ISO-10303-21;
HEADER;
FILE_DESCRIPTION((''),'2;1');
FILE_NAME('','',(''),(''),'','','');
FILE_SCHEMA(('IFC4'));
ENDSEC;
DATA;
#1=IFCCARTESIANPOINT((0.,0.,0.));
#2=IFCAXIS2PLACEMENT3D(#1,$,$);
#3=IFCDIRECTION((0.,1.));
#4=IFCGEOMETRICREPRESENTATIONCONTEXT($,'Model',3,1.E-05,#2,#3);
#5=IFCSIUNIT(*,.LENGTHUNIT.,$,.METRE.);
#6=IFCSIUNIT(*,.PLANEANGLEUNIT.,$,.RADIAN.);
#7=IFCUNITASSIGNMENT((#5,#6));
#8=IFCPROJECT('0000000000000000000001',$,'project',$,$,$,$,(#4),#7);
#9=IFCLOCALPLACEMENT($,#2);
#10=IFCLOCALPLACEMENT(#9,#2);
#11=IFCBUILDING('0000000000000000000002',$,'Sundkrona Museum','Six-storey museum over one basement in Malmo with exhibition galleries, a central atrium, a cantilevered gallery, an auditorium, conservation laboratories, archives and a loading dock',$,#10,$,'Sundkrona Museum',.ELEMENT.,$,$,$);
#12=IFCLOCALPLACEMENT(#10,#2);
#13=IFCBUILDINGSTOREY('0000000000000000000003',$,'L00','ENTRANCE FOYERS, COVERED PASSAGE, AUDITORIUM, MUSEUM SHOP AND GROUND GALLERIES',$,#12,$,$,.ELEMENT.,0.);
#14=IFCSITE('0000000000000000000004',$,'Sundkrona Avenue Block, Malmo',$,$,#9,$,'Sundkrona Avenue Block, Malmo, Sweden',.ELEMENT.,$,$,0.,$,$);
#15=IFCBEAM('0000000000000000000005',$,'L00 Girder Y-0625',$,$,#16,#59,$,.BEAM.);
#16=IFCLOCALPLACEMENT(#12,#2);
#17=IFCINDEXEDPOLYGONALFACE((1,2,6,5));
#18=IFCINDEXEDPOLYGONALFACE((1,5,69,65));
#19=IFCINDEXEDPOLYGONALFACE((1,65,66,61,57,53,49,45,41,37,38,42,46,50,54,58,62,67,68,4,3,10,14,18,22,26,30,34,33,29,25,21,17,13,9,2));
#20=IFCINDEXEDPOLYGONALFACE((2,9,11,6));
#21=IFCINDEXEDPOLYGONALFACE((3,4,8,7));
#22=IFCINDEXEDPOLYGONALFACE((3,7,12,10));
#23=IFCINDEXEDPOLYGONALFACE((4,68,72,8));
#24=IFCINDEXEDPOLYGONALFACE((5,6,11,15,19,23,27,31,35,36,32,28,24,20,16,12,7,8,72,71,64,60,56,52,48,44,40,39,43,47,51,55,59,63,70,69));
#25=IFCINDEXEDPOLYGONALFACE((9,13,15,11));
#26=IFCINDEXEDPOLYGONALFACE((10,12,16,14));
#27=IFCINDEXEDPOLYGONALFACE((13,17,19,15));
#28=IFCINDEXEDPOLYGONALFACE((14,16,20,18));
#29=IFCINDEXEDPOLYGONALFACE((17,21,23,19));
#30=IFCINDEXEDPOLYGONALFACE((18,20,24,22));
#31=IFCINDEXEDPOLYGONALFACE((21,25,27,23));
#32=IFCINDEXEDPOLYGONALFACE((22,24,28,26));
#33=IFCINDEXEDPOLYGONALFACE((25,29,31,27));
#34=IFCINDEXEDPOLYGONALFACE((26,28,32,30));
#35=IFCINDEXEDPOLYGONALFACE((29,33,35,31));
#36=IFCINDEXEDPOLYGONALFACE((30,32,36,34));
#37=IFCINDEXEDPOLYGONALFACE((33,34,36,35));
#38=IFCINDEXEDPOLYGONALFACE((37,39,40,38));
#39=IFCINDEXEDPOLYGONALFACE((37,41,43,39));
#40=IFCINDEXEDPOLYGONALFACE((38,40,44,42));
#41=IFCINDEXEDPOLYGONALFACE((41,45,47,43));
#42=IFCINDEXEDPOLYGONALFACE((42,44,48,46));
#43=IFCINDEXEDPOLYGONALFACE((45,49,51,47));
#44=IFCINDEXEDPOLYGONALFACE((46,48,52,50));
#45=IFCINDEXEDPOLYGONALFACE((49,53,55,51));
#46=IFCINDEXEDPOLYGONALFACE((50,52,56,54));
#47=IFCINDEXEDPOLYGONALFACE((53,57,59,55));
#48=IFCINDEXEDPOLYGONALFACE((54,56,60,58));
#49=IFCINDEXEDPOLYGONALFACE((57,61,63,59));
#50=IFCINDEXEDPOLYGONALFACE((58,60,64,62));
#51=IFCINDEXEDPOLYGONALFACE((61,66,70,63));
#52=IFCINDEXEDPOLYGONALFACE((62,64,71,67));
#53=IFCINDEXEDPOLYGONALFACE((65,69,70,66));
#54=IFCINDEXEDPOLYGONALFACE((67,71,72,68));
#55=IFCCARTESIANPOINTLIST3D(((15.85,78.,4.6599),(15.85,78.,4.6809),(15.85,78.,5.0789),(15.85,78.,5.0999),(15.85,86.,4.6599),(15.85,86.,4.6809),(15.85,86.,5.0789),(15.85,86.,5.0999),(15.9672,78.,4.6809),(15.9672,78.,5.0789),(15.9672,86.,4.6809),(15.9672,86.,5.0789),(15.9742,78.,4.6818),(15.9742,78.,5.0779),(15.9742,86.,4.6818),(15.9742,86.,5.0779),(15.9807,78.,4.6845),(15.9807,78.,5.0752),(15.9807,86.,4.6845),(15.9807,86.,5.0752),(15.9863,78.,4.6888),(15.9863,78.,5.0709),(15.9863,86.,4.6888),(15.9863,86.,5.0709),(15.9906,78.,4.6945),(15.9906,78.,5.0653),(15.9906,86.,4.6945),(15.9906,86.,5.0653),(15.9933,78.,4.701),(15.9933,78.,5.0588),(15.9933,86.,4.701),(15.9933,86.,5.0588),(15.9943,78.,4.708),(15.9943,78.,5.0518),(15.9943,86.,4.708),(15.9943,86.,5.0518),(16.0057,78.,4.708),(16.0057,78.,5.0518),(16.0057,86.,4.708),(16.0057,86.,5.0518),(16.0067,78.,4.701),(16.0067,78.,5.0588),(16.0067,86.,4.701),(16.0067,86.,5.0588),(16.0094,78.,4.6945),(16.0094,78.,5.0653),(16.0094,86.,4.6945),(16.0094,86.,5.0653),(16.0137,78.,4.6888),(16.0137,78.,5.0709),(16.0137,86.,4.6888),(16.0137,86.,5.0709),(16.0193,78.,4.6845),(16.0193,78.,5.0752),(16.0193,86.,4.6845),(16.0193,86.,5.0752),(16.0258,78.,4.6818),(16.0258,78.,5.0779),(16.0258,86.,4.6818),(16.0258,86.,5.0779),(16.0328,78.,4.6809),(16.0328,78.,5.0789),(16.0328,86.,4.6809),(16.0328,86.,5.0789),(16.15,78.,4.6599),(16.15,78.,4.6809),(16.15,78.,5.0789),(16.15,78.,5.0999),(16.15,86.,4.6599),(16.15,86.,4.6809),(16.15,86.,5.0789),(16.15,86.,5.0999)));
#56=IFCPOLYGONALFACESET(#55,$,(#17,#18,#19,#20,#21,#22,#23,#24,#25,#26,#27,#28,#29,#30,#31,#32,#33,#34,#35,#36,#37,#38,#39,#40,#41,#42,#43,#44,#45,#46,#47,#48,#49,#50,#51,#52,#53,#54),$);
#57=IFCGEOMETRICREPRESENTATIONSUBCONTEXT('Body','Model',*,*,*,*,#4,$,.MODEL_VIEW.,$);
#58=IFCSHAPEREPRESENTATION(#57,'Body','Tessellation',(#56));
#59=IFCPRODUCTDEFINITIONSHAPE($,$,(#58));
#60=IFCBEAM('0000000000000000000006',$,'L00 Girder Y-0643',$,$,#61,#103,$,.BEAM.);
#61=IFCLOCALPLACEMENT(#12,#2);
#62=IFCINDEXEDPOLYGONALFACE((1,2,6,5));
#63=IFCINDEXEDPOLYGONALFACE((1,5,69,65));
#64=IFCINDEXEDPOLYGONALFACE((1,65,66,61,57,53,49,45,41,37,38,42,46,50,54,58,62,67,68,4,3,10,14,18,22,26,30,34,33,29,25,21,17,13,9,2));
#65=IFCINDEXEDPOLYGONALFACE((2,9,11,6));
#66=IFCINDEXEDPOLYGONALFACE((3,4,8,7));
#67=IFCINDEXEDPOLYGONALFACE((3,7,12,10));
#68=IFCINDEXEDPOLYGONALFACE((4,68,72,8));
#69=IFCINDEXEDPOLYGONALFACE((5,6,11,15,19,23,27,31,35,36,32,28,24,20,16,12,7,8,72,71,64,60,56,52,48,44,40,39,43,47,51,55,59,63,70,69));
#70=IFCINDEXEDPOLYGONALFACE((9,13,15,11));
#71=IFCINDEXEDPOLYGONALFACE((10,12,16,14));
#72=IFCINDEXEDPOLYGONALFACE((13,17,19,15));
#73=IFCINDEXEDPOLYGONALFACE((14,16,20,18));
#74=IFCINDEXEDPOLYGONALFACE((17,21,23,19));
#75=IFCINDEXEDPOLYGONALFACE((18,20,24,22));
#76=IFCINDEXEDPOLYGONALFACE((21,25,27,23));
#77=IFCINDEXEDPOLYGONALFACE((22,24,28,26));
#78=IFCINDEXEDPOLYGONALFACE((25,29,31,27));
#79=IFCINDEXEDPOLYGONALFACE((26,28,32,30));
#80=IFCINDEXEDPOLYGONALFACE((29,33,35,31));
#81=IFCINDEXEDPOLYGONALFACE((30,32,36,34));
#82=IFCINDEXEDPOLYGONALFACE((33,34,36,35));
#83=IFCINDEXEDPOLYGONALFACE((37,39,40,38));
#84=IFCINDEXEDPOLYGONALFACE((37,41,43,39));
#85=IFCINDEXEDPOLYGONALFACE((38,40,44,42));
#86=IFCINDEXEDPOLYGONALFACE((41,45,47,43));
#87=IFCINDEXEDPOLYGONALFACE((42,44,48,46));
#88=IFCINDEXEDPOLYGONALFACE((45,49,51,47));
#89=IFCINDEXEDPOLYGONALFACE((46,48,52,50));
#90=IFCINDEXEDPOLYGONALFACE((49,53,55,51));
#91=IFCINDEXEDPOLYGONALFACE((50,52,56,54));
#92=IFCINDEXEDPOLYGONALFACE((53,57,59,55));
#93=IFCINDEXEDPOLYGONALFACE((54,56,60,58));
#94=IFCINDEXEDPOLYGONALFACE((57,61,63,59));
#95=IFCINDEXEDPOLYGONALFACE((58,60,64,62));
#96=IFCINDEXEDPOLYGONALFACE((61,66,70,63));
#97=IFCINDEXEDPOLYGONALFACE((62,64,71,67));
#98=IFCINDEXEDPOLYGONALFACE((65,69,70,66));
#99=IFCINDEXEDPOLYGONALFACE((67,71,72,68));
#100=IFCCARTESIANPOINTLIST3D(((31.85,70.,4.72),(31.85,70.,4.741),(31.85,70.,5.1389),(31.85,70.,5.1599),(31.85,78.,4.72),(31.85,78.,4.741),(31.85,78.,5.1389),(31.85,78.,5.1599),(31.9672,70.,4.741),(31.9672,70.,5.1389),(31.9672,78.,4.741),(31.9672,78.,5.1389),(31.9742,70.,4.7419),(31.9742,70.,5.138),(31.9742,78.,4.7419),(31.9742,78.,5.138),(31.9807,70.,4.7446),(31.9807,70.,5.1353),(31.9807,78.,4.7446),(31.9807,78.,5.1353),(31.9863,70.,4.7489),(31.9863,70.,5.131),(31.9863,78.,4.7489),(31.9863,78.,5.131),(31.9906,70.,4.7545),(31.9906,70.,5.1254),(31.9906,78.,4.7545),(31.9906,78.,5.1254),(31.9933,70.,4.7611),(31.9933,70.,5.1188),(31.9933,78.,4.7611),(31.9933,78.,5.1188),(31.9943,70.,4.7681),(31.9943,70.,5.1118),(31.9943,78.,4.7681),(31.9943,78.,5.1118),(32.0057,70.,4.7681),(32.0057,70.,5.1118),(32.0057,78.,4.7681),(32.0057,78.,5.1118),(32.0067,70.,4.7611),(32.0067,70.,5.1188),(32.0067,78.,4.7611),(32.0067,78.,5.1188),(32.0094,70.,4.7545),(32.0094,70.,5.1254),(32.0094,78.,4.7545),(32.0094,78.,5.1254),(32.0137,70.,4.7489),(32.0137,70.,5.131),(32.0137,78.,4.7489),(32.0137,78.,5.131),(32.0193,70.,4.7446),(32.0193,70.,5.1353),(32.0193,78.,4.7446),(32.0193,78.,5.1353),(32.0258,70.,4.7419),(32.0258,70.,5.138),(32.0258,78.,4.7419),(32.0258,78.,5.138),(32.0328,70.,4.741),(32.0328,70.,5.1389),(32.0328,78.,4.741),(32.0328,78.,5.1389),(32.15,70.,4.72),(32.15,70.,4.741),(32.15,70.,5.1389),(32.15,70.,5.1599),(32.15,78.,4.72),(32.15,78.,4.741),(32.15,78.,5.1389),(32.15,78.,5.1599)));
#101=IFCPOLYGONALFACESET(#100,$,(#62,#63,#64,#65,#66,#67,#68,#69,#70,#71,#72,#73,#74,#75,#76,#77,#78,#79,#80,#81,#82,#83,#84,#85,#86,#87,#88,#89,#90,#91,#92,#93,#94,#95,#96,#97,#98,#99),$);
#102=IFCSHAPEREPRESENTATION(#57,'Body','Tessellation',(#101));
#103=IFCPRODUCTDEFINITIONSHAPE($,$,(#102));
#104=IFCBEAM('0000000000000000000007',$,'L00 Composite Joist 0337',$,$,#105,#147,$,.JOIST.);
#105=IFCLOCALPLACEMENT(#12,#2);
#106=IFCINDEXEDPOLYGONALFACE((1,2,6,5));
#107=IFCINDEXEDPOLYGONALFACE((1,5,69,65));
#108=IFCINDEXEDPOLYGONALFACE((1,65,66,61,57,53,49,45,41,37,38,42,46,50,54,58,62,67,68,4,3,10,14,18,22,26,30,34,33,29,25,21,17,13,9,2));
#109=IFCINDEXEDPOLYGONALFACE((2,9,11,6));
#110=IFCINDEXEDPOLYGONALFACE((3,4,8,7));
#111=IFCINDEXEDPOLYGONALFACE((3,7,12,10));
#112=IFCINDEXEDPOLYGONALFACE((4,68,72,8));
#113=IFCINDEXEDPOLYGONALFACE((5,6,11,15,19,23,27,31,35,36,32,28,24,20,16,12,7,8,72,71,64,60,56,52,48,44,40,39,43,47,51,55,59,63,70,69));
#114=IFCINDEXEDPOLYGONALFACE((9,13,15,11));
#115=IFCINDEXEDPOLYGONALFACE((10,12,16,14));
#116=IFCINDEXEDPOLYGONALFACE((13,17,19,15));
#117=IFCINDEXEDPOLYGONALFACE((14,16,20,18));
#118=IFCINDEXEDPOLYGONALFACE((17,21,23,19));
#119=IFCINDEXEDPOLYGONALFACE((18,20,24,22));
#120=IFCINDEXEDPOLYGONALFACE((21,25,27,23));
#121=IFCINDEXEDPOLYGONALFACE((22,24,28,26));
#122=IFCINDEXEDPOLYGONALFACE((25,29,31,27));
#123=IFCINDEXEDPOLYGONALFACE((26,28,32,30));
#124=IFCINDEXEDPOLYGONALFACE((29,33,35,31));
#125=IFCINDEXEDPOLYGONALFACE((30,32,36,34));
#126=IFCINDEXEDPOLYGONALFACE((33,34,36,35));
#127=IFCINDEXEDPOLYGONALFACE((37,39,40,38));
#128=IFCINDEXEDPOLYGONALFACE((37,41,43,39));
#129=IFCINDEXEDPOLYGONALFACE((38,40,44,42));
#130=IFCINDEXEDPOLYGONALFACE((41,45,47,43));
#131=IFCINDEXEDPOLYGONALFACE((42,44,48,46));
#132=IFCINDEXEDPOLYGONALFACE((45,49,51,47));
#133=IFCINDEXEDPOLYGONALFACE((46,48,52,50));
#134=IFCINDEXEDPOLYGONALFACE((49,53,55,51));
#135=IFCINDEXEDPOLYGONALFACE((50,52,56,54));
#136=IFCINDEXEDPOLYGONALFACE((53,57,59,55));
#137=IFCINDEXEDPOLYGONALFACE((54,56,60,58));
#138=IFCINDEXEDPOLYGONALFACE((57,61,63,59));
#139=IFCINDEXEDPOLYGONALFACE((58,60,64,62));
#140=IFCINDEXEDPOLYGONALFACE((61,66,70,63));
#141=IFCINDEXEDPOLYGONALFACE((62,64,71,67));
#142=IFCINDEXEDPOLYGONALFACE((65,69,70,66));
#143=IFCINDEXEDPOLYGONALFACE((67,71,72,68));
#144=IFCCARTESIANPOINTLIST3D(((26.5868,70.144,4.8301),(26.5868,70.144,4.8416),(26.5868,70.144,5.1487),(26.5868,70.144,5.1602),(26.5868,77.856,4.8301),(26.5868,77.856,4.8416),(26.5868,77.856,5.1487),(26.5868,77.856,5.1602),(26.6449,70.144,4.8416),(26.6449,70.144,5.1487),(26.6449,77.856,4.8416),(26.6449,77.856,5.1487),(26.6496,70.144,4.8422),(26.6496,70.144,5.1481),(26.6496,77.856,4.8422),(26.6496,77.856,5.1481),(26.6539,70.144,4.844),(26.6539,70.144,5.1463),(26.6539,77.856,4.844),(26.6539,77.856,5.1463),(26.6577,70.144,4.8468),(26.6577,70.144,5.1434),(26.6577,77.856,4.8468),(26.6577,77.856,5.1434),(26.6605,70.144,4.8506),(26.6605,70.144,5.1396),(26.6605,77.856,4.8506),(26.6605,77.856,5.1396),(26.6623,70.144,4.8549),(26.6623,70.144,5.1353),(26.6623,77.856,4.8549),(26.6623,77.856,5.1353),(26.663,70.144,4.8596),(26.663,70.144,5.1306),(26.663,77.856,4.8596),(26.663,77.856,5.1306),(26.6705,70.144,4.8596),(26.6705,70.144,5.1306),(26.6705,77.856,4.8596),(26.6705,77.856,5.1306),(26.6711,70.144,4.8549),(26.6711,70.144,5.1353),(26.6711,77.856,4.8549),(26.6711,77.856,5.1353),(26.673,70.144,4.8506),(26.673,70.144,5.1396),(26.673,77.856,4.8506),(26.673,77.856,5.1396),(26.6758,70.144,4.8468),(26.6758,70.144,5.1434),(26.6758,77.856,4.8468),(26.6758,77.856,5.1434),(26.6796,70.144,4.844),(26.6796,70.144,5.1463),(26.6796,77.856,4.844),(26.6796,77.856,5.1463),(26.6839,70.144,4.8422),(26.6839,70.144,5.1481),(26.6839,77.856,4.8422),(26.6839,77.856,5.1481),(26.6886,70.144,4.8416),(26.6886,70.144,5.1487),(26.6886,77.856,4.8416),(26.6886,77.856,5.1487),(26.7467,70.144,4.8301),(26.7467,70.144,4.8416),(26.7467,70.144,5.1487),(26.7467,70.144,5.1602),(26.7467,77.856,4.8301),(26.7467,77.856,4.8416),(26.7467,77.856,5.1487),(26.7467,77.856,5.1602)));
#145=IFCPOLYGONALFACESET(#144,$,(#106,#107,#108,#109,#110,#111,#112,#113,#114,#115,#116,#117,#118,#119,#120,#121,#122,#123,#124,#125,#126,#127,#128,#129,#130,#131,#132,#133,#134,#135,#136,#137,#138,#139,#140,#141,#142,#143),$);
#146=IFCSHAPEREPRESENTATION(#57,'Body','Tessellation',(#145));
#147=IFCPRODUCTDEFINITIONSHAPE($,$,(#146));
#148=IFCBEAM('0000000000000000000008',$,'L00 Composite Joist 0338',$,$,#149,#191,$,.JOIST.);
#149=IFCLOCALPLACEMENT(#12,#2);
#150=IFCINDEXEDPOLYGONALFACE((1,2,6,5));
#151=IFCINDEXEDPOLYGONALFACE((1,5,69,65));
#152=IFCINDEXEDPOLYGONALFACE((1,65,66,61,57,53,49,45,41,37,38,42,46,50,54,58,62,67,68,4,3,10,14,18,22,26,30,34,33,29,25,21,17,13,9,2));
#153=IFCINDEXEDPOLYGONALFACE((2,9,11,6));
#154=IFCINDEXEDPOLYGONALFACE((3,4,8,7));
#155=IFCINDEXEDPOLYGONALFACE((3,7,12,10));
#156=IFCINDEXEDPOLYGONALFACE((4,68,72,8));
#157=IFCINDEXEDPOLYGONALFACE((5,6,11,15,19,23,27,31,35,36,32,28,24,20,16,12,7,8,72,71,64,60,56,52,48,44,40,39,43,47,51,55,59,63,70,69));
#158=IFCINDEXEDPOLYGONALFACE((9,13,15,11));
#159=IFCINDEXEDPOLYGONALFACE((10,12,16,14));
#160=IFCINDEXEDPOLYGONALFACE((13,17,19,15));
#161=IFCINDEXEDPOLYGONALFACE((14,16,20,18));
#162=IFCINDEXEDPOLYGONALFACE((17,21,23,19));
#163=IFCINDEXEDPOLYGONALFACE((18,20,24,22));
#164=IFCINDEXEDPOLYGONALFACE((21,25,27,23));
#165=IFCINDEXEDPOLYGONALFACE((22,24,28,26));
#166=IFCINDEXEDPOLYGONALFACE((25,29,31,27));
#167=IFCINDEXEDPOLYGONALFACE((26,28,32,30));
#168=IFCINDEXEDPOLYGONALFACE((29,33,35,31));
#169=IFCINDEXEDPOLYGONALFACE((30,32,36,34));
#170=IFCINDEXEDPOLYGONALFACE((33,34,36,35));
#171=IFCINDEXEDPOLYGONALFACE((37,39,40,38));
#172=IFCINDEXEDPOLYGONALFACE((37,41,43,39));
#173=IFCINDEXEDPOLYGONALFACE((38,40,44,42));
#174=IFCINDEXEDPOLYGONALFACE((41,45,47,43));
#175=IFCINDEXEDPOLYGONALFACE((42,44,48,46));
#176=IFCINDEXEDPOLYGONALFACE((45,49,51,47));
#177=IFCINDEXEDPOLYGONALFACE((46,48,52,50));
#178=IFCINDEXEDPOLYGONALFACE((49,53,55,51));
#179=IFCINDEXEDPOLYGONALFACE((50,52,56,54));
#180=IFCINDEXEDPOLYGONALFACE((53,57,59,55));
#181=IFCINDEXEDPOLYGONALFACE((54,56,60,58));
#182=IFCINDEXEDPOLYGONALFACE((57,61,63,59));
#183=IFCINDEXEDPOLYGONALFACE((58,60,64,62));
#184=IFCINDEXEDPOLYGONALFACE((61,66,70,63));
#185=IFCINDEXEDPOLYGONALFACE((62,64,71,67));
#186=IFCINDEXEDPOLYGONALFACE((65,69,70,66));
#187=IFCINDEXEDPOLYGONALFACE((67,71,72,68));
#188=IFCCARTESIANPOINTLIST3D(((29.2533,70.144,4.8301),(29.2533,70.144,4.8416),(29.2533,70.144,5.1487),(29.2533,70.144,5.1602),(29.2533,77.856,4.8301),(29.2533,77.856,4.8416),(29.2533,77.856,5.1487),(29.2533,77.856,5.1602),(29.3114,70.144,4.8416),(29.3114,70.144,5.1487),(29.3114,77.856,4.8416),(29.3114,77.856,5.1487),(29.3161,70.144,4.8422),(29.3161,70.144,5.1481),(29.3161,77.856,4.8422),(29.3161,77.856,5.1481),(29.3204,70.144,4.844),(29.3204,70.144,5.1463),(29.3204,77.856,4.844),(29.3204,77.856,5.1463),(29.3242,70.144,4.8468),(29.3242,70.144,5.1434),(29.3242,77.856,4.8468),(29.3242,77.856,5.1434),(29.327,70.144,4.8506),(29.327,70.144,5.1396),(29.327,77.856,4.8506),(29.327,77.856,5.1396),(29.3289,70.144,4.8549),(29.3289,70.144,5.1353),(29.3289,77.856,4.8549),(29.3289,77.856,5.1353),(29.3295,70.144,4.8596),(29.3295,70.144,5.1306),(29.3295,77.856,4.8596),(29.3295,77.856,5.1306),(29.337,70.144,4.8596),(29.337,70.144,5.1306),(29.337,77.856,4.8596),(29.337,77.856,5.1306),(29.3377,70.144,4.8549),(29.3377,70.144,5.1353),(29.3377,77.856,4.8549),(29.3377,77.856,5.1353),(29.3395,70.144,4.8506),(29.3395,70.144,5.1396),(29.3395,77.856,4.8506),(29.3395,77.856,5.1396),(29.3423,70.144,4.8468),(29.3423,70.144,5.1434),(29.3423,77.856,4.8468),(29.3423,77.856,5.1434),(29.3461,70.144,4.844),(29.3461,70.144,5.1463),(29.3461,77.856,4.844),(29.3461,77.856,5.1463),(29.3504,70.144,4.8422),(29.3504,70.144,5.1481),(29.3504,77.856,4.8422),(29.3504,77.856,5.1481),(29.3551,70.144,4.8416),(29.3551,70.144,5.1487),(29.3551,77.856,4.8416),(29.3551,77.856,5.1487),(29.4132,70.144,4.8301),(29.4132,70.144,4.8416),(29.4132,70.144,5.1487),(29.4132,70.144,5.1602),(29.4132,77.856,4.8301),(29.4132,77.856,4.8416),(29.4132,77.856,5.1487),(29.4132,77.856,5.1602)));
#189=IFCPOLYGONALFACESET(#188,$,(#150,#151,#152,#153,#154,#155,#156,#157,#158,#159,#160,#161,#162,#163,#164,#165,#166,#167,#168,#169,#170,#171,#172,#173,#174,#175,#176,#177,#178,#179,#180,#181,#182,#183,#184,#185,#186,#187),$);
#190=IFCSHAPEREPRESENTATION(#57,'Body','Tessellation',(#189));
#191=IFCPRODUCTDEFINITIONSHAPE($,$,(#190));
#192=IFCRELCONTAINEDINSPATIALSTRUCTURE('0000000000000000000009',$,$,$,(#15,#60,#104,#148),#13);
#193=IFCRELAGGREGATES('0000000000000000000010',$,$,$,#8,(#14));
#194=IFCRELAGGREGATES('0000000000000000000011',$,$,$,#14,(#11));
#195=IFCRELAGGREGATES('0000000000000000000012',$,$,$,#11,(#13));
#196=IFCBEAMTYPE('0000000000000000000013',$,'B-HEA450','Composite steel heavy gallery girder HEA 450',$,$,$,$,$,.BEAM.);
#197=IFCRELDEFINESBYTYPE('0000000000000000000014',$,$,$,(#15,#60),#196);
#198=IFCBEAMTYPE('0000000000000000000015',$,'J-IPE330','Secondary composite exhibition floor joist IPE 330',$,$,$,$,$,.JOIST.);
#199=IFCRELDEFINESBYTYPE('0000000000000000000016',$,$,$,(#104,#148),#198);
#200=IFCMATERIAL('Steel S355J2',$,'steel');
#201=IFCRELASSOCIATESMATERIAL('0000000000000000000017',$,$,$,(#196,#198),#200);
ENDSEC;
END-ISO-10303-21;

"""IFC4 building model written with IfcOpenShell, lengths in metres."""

from ifc_helpers import new_model, si_unit, direction, frame, origin, origin_2d, place, context, subcontext, project, spatial, i_section, extrude, material, material_profile, profile_set, type_object, element, save


model = new_model("IFC4")

# Units and contexts
model_context = context("Model", 3, precision=1e-05, world=origin(), true_north=direction((0.0, 1.0)))
body_context = subcontext(model_context, "Body", "Model", "MODEL_VIEW")
ifc_project = project(units=[si_unit("LENGTHUNIT", "METRE"), si_unit("PLANEANGLEUNIT", "RADIAN")], contexts=[model_context])

# Site, building, storey
site_placement = place(None, origin())
site = spatial("IfcSite", under=ifc_project, at=site_placement, Name="Sundkrona Avenue Block, Malmo", LongName="Sundkrona Avenue Block, Malmo, Sweden", CompositionType="ELEMENT", RefElevation=0.0)
building_placement = place(site_placement, origin())
building = spatial("IfcBuilding", under=site, at=building_placement, Name="Sundkrona Museum", Description="Six-storey museum over one basement in Malmo with exhibition galleries, a central atrium, a cantilevered gallery, an auditorium, conservation laboratories, archives and a loading dock", LongName="Sundkrona Museum", CompositionType="ELEMENT")
storey_placement = place(building_placement, origin())
storey = spatial("IfcBuildingStorey", under=building, at=storey_placement, Name="L00", Description="ENTRANCE FOYERS, COVERED PASSAGE, AUDITORIUM, MUSEUM SHOP AND GROUND GALLERIES", CompositionType="ELEMENT", Elevation=0.0)

# Shared definitions
ifc_material_1 = material(Name="Steel S355J2", Category="steel")

# Beams
ifc_material_profile_1 = material_profile(ifc_material_1, i_section(OverallWidth=0.3, OverallDepth=0.4399, WebThickness=0.0115, FlangeThickness=0.021, FilletRadius=0.0271, at=origin_2d()), Name="HEA 450")
ifc_profile_set_1 = profile_set([ifc_material_profile_1], Name="Steel S355J2")
beam_type_1 = type_object("IfcBeamType", Name="B-HEA450", Description="Composite steel heavy gallery girder HEA 450", PredefinedType="BEAM", material=ifc_profile_set_1)
for number, where, z_axis, x_axis, name in (
    (1, (16.0, 78.0, 4.8799), (0.0, 1.0, 0.0), (-1.0, 0.0, 0.0), "L00 Girder Y-0625"),
    (2, (32.0, 70.0, 4.9399), (0.0, 1.0, 0.0), (-1.0, 0.0, 0.0), "L00 Girder Y-0643"),
):
    element("IfcBeam", number, at=place(storey_placement, frame(where, z_axis=z_axis, x_axis=x_axis)), inside=storey, type_object=beam_type_1, Name=name, PredefinedType="BEAM", context=body_context, shape_type="SweptSolid", body=[
        extrude(i_section(OverallWidth=0.3, OverallDepth=0.4399, WebThickness=0.0115, FlangeThickness=0.021, FilletRadius=0.0271, at=origin_2d()), origin(), (0.0, 0.0, 1.0), 8.0),
    ])
ifc_material_profile_2 = material_profile(ifc_material_1, i_section(OverallWidth=0.1599, OverallDepth=0.3301, WebThickness=0.0076, FlangeThickness=0.0115, FilletRadius=0.0181, at=origin_2d()), Name="IPE 330")
ifc_profile_set_2 = profile_set([ifc_material_profile_2], Name="Steel S355J2")
beam_type_2 = type_object("IfcBeamType", Name="J-IPE330", Description="Secondary composite exhibition floor joist IPE 330", PredefinedType="JOIST", material=ifc_profile_set_2)
for number, where, z_axis, x_axis, name in (
    (3, (26.6667, 70.144, 4.9951), (0.0, 1.0, 0.0), (-1.0, 0.0, 0.0), "L00 Composite Joist 0337"),
    (4, (29.3333, 70.144, 4.9951), (0.0, 1.0, 0.0), (-1.0, 0.0, 0.0), "L00 Composite Joist 0338"),
):
    element("IfcBeam", number, at=place(storey_placement, frame(where, z_axis=z_axis, x_axis=x_axis)), inside=storey, type_object=beam_type_2, Name=name, PredefinedType="JOIST", context=body_context, shape_type="SweptSolid", body=[
        extrude(i_section(OverallWidth=0.1599, OverallDepth=0.3301, WebThickness=0.0076, FlangeThickness=0.0115, FilletRadius=0.0181, at=origin_2d()), origin(), (0.0, 0.0, 1.0), 7.7119),
    ])

save(model, "model.ifc")
